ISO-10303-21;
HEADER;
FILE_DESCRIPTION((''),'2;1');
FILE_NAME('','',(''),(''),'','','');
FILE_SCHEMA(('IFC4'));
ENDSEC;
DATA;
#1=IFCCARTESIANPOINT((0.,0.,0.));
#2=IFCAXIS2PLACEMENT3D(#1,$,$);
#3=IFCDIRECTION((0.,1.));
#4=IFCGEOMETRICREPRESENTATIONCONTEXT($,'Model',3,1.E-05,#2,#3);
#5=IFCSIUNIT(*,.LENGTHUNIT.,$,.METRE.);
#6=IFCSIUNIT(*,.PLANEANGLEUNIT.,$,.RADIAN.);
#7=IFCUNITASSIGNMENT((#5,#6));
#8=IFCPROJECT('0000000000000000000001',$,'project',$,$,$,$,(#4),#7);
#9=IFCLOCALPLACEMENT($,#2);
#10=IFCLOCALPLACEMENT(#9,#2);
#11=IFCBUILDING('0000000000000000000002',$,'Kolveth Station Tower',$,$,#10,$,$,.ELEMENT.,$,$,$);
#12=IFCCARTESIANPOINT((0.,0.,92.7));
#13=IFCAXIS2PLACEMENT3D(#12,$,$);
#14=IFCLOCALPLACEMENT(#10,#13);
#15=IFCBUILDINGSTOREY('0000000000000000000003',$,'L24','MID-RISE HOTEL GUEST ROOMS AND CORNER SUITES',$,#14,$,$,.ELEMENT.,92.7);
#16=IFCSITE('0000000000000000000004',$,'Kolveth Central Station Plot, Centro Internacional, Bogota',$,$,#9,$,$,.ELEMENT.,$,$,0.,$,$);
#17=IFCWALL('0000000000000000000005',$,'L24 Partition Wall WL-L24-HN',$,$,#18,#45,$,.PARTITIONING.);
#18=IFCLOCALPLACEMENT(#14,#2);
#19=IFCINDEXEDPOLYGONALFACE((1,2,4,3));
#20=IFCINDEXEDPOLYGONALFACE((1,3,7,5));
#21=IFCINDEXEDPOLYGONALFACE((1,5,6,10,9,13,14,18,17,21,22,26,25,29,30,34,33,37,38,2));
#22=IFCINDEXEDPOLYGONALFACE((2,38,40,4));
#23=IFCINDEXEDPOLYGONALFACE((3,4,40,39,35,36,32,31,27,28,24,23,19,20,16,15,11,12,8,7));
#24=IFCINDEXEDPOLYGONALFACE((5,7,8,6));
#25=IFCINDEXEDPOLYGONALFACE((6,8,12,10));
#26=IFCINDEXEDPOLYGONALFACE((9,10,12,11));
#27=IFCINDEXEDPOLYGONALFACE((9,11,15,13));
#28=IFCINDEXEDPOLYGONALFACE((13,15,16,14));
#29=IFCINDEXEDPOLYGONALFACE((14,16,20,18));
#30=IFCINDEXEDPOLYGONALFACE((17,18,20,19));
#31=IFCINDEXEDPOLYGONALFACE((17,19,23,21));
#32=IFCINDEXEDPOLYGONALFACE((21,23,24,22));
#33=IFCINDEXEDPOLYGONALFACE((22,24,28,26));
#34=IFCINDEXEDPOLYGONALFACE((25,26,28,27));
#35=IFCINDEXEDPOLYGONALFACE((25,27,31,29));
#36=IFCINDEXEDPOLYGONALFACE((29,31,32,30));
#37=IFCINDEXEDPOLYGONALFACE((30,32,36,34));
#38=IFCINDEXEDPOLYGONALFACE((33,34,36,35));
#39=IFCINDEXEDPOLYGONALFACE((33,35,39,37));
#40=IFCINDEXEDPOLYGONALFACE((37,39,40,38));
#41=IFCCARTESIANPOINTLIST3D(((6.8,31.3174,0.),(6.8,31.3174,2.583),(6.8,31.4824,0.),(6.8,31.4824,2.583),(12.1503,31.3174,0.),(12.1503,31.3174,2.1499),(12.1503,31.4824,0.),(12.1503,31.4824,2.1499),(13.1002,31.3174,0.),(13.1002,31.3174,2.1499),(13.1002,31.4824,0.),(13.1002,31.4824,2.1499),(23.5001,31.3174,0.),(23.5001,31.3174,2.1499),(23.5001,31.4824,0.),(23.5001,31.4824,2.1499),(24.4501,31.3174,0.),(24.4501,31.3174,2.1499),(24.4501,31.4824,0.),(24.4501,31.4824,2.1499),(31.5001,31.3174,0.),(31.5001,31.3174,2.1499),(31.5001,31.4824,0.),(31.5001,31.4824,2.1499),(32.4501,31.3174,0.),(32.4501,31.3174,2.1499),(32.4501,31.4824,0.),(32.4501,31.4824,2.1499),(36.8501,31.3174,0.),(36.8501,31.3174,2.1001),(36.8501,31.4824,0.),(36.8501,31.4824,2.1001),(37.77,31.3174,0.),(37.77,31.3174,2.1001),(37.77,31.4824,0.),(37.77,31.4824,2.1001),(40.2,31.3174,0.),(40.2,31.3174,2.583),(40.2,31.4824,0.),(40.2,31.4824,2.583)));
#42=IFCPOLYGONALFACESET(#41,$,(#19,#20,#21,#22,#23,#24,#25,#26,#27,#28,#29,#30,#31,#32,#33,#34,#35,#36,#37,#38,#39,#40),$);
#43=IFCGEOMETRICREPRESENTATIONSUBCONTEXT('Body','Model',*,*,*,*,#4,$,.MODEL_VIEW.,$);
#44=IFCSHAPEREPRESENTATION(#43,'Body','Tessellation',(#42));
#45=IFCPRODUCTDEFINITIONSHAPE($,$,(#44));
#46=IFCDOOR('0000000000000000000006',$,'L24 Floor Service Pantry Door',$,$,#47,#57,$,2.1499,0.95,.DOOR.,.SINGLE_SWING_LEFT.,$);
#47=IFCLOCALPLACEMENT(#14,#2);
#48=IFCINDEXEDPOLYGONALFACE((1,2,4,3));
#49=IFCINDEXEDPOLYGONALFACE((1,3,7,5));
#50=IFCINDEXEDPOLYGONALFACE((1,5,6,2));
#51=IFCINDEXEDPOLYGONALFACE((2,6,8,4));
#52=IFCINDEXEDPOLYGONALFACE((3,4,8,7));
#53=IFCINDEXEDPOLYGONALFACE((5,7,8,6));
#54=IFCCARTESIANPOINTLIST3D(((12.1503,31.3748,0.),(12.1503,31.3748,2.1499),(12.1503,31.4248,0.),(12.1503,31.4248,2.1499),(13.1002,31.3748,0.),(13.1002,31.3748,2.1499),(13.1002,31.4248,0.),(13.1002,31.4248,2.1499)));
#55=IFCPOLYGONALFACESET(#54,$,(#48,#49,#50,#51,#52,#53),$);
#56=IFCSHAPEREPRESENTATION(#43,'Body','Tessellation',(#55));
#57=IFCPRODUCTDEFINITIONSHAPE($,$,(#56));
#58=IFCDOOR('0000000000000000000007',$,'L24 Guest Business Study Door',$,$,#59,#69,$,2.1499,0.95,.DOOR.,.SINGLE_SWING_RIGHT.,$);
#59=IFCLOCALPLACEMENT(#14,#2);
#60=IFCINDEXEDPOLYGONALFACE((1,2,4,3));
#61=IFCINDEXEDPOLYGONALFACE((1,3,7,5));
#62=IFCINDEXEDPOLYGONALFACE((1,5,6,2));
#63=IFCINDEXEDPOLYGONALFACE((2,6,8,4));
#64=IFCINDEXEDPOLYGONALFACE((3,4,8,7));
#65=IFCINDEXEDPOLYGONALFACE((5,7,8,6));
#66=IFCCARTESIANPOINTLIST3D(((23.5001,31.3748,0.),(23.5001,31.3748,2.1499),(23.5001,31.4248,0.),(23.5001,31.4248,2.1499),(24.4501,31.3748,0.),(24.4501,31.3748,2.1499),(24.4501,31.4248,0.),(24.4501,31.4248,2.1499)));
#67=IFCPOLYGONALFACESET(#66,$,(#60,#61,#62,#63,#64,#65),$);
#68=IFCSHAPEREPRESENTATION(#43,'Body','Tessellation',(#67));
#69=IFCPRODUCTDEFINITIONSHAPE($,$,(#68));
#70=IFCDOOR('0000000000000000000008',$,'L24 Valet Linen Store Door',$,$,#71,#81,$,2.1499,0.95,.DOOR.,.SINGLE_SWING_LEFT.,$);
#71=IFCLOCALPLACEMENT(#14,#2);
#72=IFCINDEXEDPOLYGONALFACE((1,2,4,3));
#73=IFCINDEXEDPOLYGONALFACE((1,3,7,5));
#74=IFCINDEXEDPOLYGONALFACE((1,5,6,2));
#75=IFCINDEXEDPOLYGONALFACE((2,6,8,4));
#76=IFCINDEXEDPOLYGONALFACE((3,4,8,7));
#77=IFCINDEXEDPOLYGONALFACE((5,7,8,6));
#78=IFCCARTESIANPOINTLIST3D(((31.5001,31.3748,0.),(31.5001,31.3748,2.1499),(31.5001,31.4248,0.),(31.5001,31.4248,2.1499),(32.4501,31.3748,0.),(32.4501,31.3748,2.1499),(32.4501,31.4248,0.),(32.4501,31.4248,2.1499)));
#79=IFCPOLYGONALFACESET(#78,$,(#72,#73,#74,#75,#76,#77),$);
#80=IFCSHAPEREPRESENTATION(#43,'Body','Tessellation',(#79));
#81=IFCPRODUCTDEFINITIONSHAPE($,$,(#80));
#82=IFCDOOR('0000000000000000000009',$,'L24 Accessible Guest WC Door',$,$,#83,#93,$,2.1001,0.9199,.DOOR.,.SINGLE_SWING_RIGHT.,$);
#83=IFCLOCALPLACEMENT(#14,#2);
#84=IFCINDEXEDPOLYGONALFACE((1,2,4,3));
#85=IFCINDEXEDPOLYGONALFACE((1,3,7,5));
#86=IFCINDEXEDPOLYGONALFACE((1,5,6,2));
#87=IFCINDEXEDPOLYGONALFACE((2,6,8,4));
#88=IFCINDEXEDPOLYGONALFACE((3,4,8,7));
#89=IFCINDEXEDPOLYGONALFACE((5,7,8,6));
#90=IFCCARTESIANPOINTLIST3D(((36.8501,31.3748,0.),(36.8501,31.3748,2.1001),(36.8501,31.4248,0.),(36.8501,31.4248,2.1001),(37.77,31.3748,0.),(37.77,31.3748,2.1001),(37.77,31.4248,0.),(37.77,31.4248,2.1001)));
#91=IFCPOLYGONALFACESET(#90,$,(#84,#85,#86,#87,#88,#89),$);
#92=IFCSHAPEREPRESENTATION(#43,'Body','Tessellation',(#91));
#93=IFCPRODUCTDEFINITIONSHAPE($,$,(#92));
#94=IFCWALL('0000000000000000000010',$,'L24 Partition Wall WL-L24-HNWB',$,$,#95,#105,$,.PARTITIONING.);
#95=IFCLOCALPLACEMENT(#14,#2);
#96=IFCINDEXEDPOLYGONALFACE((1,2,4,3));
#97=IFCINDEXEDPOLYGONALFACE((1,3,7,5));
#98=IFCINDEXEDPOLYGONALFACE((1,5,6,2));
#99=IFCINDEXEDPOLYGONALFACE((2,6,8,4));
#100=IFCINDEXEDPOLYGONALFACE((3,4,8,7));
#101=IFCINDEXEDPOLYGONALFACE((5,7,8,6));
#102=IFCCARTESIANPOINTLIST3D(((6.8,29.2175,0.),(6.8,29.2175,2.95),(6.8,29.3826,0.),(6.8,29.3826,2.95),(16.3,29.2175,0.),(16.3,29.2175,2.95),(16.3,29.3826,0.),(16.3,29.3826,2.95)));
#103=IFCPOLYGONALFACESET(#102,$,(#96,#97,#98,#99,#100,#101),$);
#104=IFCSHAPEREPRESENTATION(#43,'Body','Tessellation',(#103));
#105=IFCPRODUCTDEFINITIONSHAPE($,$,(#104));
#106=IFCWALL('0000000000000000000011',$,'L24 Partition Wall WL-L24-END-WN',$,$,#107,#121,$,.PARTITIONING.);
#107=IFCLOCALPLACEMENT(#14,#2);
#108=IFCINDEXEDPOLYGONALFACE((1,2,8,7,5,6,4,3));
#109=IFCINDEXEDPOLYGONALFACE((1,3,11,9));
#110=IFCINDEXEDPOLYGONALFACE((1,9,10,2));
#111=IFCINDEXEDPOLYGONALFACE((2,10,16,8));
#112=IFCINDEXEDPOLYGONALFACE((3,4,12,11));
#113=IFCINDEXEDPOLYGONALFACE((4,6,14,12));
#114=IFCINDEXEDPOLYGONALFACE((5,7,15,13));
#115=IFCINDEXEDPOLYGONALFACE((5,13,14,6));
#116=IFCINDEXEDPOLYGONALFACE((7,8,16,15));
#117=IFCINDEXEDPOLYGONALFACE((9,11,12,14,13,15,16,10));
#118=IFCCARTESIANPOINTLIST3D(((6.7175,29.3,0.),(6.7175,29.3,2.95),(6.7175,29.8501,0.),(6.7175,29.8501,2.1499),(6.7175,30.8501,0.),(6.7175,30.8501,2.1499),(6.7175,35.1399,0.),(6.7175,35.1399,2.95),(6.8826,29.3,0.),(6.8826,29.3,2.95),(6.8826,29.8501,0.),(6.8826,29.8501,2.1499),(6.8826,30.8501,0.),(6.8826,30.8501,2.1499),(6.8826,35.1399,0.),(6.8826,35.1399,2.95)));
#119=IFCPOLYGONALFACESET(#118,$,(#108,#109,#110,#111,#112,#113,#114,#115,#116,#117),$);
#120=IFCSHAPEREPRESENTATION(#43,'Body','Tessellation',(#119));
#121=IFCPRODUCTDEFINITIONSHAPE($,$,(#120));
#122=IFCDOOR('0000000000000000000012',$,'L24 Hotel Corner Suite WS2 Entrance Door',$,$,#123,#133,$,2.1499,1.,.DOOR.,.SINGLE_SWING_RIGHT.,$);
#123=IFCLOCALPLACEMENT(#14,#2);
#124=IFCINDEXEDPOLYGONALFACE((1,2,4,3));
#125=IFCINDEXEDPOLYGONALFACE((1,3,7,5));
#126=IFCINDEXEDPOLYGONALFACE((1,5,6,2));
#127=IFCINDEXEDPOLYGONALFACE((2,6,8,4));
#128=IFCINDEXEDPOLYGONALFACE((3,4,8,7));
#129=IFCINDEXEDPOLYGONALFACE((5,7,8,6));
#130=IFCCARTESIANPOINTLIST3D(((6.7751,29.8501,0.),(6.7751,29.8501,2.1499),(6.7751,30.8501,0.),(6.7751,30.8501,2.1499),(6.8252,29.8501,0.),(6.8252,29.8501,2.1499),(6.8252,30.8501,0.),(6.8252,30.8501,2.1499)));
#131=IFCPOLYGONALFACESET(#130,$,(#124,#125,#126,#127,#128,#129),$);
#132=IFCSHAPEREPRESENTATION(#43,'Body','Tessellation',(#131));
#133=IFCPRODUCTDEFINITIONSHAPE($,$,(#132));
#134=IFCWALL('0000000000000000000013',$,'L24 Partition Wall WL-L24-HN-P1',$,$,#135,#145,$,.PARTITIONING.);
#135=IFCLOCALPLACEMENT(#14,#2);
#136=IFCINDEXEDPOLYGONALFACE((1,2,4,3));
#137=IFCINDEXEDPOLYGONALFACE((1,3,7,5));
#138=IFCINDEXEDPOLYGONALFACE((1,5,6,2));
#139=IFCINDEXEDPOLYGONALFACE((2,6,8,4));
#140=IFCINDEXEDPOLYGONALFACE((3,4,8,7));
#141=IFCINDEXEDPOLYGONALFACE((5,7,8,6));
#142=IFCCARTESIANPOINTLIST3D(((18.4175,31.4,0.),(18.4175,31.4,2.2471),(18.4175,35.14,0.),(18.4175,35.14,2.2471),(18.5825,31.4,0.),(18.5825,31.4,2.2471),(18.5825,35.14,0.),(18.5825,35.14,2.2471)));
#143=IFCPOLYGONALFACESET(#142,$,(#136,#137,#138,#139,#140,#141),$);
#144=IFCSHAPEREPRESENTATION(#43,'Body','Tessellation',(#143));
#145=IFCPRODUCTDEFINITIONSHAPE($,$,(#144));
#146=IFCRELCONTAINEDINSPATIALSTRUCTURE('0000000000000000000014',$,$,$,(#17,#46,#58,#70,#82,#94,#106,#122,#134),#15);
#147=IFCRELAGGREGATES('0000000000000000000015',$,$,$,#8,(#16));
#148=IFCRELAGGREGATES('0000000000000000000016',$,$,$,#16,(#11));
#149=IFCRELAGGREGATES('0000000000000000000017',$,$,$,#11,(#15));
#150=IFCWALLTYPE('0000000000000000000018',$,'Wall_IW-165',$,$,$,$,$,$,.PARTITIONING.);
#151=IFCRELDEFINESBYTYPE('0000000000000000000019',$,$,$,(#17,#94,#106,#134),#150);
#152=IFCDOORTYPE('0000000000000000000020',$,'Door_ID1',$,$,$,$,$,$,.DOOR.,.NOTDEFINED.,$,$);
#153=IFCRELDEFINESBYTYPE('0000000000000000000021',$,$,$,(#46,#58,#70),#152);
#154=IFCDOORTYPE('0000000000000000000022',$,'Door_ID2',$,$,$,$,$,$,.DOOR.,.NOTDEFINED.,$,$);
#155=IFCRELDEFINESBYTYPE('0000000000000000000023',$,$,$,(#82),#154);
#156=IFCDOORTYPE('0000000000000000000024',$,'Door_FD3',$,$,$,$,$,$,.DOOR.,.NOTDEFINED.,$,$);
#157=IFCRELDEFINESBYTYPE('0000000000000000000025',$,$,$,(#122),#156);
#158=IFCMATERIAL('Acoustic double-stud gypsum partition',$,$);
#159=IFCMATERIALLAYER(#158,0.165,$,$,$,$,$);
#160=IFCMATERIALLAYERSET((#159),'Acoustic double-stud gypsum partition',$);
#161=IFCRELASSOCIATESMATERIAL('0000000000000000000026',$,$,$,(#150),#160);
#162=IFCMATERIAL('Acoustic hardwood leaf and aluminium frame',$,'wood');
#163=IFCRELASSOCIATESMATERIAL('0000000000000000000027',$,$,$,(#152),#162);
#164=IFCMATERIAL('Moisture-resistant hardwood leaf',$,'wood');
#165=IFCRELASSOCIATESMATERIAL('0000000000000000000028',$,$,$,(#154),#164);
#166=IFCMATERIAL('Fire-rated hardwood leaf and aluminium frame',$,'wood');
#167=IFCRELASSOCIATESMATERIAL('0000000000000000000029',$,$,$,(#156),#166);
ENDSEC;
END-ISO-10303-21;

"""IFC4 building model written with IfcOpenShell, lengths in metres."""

from ifc_helpers import new_model, si_unit, direction, frame, frame_2d, origin, place, context, subcontext, project, spatial, rectangle, extrude, material, layer, layer_set, type_object, element, fill, save


model = new_model("IFC4")

# Units and contexts
model_context = context("Model", 3, precision=1e-05, world=origin(), true_north=direction((0.0, 1.0)))
body_context = subcontext(model_context, "Body", "Model", "MODEL_VIEW")
ifc_project = project(units=[si_unit("LENGTHUNIT", "METRE"), si_unit("PLANEANGLEUNIT", "RADIAN")], contexts=[model_context])

# Site, building, storey
site_placement = place(None, origin())
site = spatial("IfcSite", under=ifc_project, at=site_placement, Name="Kolveth Central Station Plot, Centro Internacional, Bogota", CompositionType="ELEMENT", RefElevation=0.0)
building_placement = place(site_placement, origin())
building = spatial("IfcBuilding", under=site, at=building_placement, Name="Kolveth Station Tower", CompositionType="ELEMENT")
storey_placement = place(building_placement, frame((0.0, 0.0, 92.7)))
storey = spatial("IfcBuildingStorey", under=building, at=storey_placement, Name="L24", Description="MID-RISE HOTEL GUEST ROOMS AND CORNER SUITES", CompositionType="ELEMENT", Elevation=92.7)

# Shared definitions
ifc_material_1 = material(Name="Acoustic double-stud gypsum partition")
ifc_layer_1 = layer(ifc_material_1, 0.165)
ifc_layer_set_1 = layer_set([ifc_layer_1], Name="Acoustic double-stud gypsum partition")
wall_type_1 = type_object("IfcWallType", Name="Wall_IW-165", PredefinedType="PARTITIONING", material=ifc_layer_set_1)

# Wall, openings, doors
wall_1_placement = place(storey_placement, frame((6.8, 31.3999, 0.0), z_axis=(0.0, 0.0, 1.0), x_axis=(1.0, 0.0, 0.0)))
wall_1 = element("IfcWall", 1, at=wall_1_placement, inside=storey, type_object=wall_type_1, Name="L24 Partition Wall WL-L24-HN", PredefinedType="PARTITIONING", context=body_context, shape_type="SweptSolid", body=[
    extrude(rectangle(XDim=33.3999, YDim=0.165, at=frame_2d((16.7, 0.0))), origin(), (0.0, 0.0, 1.0), 2.583),
])
opening_1_placement = place(wall_1_placement, frame((5.3501, 0.0, 0.0)))
opening_1 = element("IfcOpeningElement", 2, at=opening_1_placement, cuts=wall_1, PredefinedType="OPENING", context=body_context, shape_type="SweptSolid", body=[
    extrude(rectangle(XDim=0.95, YDim=2.1499, at=frame_2d((0.4751, 1.075))), frame((0.0, 0.0925, 0.0), z_axis=(0.0, -1.0, 0.0), x_axis=(1.0, 0.0, 0.0)), (0.0, 0.0, 1.0), 0.1851),
])
opening_2_placement = place(wall_1_placement, frame((16.7, 0.0, 0.0)))
opening_2 = element("IfcOpeningElement", 3, at=opening_2_placement, cuts=wall_1, PredefinedType="OPENING", context=body_context, shape_type="SweptSolid", body=[
    extrude(rectangle(XDim=0.95, YDim=2.1499, at=frame_2d((0.4751, 1.075))), frame((0.0, 0.0925, 0.0), z_axis=(0.0, -1.0, 0.0), x_axis=(1.0, 0.0, 0.0)), (0.0, 0.0, 1.0), 0.1851),
])
opening_3_placement = place(wall_1_placement, frame((24.7, 0.0, 0.0)))
opening_3 = element("IfcOpeningElement", 4, at=opening_3_placement, cuts=wall_1, PredefinedType="OPENING", context=body_context, shape_type="SweptSolid", body=[
    extrude(rectangle(XDim=0.95, YDim=2.1499, at=frame_2d((0.4751, 1.075))), frame((0.0, 0.0925, 0.0), z_axis=(0.0, -1.0, 0.0), x_axis=(1.0, 0.0, 0.0)), (0.0, 0.0, 1.0), 0.1851),
])
opening_4_placement = place(wall_1_placement, frame((30.05, 0.0, 0.0)))
opening_4 = element("IfcOpeningElement", 5, at=opening_4_placement, cuts=wall_1, PredefinedType="OPENING", context=body_context, shape_type="SweptSolid", body=[
    extrude(rectangle(XDim=0.9199, YDim=2.1001, at=frame_2d((0.46, 1.05))), frame((0.0, 0.0925, 0.0), z_axis=(0.0, -1.0, 0.0), x_axis=(1.0, 0.0, 0.0)), (0.0, 0.0, 1.0), 0.1851),
])
ifc_material_2 = material(Name="Acoustic hardwood leaf and aluminium frame", Category="wood")
door_type_1 = type_object("IfcDoorType", Name="Door_ID1", OperationType="NOTDEFINED", PredefinedType="DOOR", material=ifc_material_2)
door_1_placement = place(opening_1_placement, origin())
door_1 = element("IfcDoor", 6, at=door_1_placement, inside=storey, type_object=door_type_1, Name="L24 Floor Service Pantry Door", OperationType="SINGLE_SWING_LEFT", OverallHeight=2.1499, OverallWidth=0.95, PredefinedType="DOOR", context=body_context, shape_type="SweptSolid", body=[
    extrude(rectangle(XDim=0.95, YDim=2.1499, at=frame_2d((0.4751, 1.075))), frame((0.0, 0.0249, 0.0), z_axis=(0.0, -1.0, 0.0), x_axis=(1.0, 0.0, 0.0)), (0.0, 0.0, 1.0), 0.05),
])
fill(opening_1, door_1)
door_2_placement = place(opening_2_placement, origin())
door_2 = element("IfcDoor", 7, at=door_2_placement, inside=storey, type_object=door_type_1, Name="L24 Guest Business Study Door", OperationType="SINGLE_SWING_RIGHT", OverallHeight=2.1499, OverallWidth=0.95, PredefinedType="DOOR", context=body_context, shape_type="SweptSolid", body=[
    extrude(rectangle(XDim=0.95, YDim=2.1499, at=frame_2d((0.4751, 1.075))), frame((0.0, 0.0249, 0.0), z_axis=(0.0, -1.0, 0.0), x_axis=(1.0, 0.0, 0.0)), (0.0, 0.0, 1.0), 0.05),
])
fill(opening_2, door_2)
door_3_placement = place(opening_3_placement, origin())
door_3 = element("IfcDoor", 8, at=door_3_placement, inside=storey, type_object=door_type_1, Name="L24 Valet Linen Store Door", OperationType="SINGLE_SWING_LEFT", OverallHeight=2.1499, OverallWidth=0.95, PredefinedType="DOOR", context=body_context, shape_type="SweptSolid", body=[
    extrude(rectangle(XDim=0.95, YDim=2.1499, at=frame_2d((0.4751, 1.075))), frame((0.0, 0.0249, 0.0), z_axis=(0.0, -1.0, 0.0), x_axis=(1.0, 0.0, 0.0)), (0.0, 0.0, 1.0), 0.05),
])
fill(opening_3, door_3)
ifc_material_3 = material(Name="Moisture-resistant hardwood leaf", Category="wood")
door_type_2 = type_object("IfcDoorType", Name="Door_ID2", OperationType="NOTDEFINED", PredefinedType="DOOR", material=ifc_material_3)
door_4_placement = place(opening_4_placement, origin())
door_4 = element("IfcDoor", 9, at=door_4_placement, inside=storey, type_object=door_type_2, Name="L24 Accessible Guest WC Door", OperationType="SINGLE_SWING_RIGHT", OverallHeight=2.1001, OverallWidth=0.9199, PredefinedType="DOOR", context=body_context, shape_type="SweptSolid", body=[
    extrude(rectangle(XDim=0.9199, YDim=2.1001, at=frame_2d((0.46, 1.05))), frame((0.0, 0.0249, 0.0), z_axis=(0.0, -1.0, 0.0), x_axis=(1.0, 0.0, 0.0)), (0.0, 0.0, 1.0), 0.05),
])
fill(opening_4, door_4)

# Wall
wall_2_placement = place(storey_placement, frame((6.8, 29.3, 0.0), z_axis=(0.0, 0.0, 1.0), x_axis=(1.0, 0.0, 0.0)))
element("IfcWall", 10, at=wall_2_placement, inside=storey, type_object=wall_type_1, Name="L24 Partition Wall WL-L24-HNWB", PredefinedType="PARTITIONING", context=body_context, shape_type="SweptSolid", body=[
    extrude(rectangle(XDim=9.5, YDim=0.165, at=frame_2d((4.75, 0.0))), origin(), (0.0, 0.0, 1.0), 2.95),
])

# Wall, opening, door
wall_3_placement = place(storey_placement, frame((6.8, 29.3, 0.0), z_axis=(0.0, 0.0, 1.0), x_axis=(0.0, 1.0, 0.0)))
wall_3 = element("IfcWall", 11, at=wall_3_placement, inside=storey, type_object=wall_type_1, Name="L24 Partition Wall WL-L24-END-WN", PredefinedType="PARTITIONING", context=body_context, shape_type="SweptSolid", body=[
    extrude(rectangle(XDim=5.8398, YDim=0.165, at=frame_2d((2.9199, 0.0))), origin(), (0.0, 0.0, 1.0), 2.95),
])
opening_5_placement = place(wall_3_placement, frame((0.55, 0.0, 0.0)))
opening_5 = element("IfcOpeningElement", 12, at=opening_5_placement, cuts=wall_3, PredefinedType="OPENING", context=body_context, shape_type="SweptSolid", body=[
    extrude(rectangle(XDim=1.0, YDim=2.1499, at=frame_2d((0.5, 1.075))), frame((0.0, 0.0925, 0.0), z_axis=(0.0, -1.0, 0.0), x_axis=(1.0, 0.0, 0.0)), (0.0, 0.0, 1.0), 0.1851),
])
ifc_material_4 = material(Name="Fire-rated hardwood leaf and aluminium frame", Category="wood")
door_type_3 = type_object("IfcDoorType", Name="Door_FD3", OperationType="NOTDEFINED", PredefinedType="DOOR", material=ifc_material_4)
door_5_placement = place(opening_5_placement, origin())
door_5 = element("IfcDoor", 13, at=door_5_placement, inside=storey, type_object=door_type_3, Name="L24 Hotel Corner Suite WS2 Entrance Door", OperationType="SINGLE_SWING_RIGHT", OverallHeight=2.1499, OverallWidth=1.0, PredefinedType="DOOR", context=body_context, shape_type="SweptSolid", body=[
    extrude(rectangle(XDim=1.0, YDim=2.1499, at=frame_2d((0.5, 1.075))), frame((0.0, 0.0249, 0.0), z_axis=(0.0, -1.0, 0.0), x_axis=(1.0, 0.0, 0.0)), (0.0, 0.0, 1.0), 0.05),
])
fill(opening_5, door_5)

# Wall
wall_4_placement = place(storey_placement, frame((18.5, 31.3999, 0.0), z_axis=(0.0, 0.0, 1.0), x_axis=(0.0, 1.0, 0.0)))
element("IfcWall", 14, at=wall_4_placement, inside=storey, type_object=wall_type_1, Name="L24 Partition Wall WL-L24-HN-P1", PredefinedType="PARTITIONING", context=body_context, shape_type="SweptSolid", body=[
    extrude(rectangle(XDim=3.74, YDim=0.165, at=frame_2d((1.8701, 0.0))), origin(), (0.0, 0.0, 1.0), 2.2471),
])

save(model, "model.ifc")
